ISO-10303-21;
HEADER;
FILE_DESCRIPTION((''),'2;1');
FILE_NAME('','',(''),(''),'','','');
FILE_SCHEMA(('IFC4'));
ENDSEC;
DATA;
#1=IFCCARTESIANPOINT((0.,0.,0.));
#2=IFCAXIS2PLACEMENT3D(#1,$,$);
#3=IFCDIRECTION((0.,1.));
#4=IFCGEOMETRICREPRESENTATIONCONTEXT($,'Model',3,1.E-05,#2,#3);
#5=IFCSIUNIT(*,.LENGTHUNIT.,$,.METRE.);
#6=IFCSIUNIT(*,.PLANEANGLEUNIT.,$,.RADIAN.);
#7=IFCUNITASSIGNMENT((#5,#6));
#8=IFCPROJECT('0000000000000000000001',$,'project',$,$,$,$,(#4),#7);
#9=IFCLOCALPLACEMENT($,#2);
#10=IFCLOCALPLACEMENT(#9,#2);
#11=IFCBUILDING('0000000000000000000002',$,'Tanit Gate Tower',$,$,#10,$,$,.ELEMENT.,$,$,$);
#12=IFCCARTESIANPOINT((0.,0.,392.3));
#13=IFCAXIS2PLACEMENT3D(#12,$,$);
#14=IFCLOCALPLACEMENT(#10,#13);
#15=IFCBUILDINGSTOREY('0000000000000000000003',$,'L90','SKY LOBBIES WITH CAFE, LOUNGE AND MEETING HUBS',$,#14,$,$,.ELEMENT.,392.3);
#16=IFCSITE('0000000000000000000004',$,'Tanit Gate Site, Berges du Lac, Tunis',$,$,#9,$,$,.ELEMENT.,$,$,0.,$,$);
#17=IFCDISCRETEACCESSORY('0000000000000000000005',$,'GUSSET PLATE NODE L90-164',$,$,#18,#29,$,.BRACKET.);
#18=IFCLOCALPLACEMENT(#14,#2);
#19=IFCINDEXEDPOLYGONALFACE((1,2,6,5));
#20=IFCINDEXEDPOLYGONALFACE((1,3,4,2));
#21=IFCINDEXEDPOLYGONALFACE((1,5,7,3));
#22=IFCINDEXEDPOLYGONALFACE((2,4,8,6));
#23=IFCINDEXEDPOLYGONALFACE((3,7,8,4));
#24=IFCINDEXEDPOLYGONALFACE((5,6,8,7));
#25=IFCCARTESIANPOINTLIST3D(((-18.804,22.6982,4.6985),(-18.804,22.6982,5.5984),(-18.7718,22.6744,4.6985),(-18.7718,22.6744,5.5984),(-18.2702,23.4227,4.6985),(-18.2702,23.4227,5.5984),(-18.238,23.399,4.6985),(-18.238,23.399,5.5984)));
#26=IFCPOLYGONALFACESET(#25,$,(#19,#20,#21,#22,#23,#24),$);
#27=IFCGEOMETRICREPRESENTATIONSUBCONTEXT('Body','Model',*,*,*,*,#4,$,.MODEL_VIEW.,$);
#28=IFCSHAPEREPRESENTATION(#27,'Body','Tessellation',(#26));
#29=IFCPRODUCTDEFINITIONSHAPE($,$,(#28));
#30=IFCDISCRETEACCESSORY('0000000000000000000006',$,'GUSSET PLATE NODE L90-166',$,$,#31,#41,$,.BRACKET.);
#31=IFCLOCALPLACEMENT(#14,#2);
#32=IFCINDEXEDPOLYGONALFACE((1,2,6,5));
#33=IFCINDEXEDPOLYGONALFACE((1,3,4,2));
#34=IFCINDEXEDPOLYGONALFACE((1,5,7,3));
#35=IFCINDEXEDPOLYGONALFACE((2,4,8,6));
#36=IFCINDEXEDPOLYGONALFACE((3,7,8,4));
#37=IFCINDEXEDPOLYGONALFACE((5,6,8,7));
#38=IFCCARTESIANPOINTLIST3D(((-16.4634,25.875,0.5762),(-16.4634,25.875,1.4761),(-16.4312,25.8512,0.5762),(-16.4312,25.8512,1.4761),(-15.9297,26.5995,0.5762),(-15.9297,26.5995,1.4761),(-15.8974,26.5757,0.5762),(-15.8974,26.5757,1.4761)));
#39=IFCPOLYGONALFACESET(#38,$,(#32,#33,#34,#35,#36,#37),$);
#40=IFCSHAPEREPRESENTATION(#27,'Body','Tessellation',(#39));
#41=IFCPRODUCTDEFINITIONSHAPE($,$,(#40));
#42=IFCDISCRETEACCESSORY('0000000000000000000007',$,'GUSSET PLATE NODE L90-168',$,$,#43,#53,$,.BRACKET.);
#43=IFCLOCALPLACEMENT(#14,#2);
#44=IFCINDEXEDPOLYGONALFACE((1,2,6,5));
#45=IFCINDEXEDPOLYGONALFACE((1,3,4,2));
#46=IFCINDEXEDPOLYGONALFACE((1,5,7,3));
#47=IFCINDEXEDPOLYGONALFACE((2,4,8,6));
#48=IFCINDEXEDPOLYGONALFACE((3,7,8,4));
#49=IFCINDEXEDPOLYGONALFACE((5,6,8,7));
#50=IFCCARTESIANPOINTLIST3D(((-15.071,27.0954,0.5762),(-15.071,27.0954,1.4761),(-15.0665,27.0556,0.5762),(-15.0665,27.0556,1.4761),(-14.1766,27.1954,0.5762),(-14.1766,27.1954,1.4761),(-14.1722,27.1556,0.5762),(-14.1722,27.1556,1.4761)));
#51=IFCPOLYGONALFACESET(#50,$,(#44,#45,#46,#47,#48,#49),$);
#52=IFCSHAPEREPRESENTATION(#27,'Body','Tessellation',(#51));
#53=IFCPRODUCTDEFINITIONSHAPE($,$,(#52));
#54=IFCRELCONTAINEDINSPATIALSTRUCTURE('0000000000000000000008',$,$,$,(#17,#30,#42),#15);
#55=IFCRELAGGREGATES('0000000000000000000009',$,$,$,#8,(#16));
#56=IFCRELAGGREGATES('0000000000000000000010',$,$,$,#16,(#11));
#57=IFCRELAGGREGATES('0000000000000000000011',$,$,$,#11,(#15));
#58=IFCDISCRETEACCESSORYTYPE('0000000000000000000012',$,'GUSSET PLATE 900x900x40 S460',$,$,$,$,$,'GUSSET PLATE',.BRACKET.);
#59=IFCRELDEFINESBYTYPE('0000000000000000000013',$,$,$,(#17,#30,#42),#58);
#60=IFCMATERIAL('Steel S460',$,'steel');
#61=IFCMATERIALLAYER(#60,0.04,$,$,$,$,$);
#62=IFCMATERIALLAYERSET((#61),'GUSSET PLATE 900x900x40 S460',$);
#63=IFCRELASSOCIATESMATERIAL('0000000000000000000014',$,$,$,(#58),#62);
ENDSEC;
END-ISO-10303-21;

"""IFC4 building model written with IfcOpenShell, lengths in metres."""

from ifc_helpers import new_model, si_unit, direction, frame, origin, origin_2d, place, context, subcontext, project, spatial, rectangle, extrude, material, layer, layer_set, type_object, element, save


model = new_model("IFC4")

# Units and contexts
model_context = context("Model", 3, precision=1e-05, world=origin(), true_north=direction((0.0, 1.0)))
body_context = subcontext(model_context, "Body", "Model", "MODEL_VIEW")
ifc_project = project(units=[si_unit("LENGTHUNIT", "METRE"), si_unit("PLANEANGLEUNIT", "RADIAN")], contexts=[model_context])

# Site, building, storey
site_placement = place(None, origin())
site = spatial("IfcSite", under=ifc_project, at=site_placement, Name="Tanit Gate Site, Berges du Lac, Tunis", CompositionType="ELEMENT", RefElevation=0.0)
building_placement = place(site_placement, origin())
building = spatial("IfcBuilding", under=site, at=building_placement, Name="Tanit Gate Tower", CompositionType="ELEMENT")
storey_placement = place(building_placement, frame((0.0, 0.0, 392.3)))
storey = spatial("IfcBuildingStorey", under=building, at=storey_placement, Name="L90", Description="SKY LOBBIES WITH CAFE, LOUNGE AND MEETING HUBS", CompositionType="ELEMENT", Elevation=392.3)

# Discrete accessories
ifc_material_1 = material(Name="Steel S460", Category="steel")
ifc_layer_1 = layer(ifc_material_1, 0.04)
ifc_layer_set_1 = layer_set([ifc_layer_1], Name="GUSSET PLATE 900x900x40 S460")
discrete_accessory_type = type_object("IfcDiscreteAccessoryType", Name="GUSSET PLATE 900x900x40 S460", ElementType="GUSSET PLATE", PredefinedType="BRACKET", material=ifc_layer_set_1)
for number, where, z_axis, x_axis, name in (
    (1, (-18.521, 23.0486, 4.6985), (0.0, 0.0, 1.0), (0.593124, 0.805111, 0.0), "GUSSET PLATE NODE L90-164"),
    (2, (-16.1804, 26.2253, 0.5762), (0.0, 0.0, 1.0), (-0.593124, -0.805111, 0.0), "GUSSET PLATE NODE L90-166"),
    (3, (-14.6216, 27.1255, 0.5762), (0.0, 0.0, 1.0), (0.993809, 0.111105, 0.0), "GUSSET PLATE NODE L90-168"),
):
    element("IfcDiscreteAccessory", number, at=place(storey_placement, frame(where, z_axis=z_axis, x_axis=x_axis)), inside=storey, type_object=discrete_accessory_type, Name=name, PredefinedType="BRACKET", context=body_context, shape_type="SweptSolid", body=[
        extrude(rectangle(XDim=0.8999, YDim=0.04, at=origin_2d()), origin(), (0.0, 0.0, 1.0), 0.8999),
    ])

save(model, "model.ifc")
